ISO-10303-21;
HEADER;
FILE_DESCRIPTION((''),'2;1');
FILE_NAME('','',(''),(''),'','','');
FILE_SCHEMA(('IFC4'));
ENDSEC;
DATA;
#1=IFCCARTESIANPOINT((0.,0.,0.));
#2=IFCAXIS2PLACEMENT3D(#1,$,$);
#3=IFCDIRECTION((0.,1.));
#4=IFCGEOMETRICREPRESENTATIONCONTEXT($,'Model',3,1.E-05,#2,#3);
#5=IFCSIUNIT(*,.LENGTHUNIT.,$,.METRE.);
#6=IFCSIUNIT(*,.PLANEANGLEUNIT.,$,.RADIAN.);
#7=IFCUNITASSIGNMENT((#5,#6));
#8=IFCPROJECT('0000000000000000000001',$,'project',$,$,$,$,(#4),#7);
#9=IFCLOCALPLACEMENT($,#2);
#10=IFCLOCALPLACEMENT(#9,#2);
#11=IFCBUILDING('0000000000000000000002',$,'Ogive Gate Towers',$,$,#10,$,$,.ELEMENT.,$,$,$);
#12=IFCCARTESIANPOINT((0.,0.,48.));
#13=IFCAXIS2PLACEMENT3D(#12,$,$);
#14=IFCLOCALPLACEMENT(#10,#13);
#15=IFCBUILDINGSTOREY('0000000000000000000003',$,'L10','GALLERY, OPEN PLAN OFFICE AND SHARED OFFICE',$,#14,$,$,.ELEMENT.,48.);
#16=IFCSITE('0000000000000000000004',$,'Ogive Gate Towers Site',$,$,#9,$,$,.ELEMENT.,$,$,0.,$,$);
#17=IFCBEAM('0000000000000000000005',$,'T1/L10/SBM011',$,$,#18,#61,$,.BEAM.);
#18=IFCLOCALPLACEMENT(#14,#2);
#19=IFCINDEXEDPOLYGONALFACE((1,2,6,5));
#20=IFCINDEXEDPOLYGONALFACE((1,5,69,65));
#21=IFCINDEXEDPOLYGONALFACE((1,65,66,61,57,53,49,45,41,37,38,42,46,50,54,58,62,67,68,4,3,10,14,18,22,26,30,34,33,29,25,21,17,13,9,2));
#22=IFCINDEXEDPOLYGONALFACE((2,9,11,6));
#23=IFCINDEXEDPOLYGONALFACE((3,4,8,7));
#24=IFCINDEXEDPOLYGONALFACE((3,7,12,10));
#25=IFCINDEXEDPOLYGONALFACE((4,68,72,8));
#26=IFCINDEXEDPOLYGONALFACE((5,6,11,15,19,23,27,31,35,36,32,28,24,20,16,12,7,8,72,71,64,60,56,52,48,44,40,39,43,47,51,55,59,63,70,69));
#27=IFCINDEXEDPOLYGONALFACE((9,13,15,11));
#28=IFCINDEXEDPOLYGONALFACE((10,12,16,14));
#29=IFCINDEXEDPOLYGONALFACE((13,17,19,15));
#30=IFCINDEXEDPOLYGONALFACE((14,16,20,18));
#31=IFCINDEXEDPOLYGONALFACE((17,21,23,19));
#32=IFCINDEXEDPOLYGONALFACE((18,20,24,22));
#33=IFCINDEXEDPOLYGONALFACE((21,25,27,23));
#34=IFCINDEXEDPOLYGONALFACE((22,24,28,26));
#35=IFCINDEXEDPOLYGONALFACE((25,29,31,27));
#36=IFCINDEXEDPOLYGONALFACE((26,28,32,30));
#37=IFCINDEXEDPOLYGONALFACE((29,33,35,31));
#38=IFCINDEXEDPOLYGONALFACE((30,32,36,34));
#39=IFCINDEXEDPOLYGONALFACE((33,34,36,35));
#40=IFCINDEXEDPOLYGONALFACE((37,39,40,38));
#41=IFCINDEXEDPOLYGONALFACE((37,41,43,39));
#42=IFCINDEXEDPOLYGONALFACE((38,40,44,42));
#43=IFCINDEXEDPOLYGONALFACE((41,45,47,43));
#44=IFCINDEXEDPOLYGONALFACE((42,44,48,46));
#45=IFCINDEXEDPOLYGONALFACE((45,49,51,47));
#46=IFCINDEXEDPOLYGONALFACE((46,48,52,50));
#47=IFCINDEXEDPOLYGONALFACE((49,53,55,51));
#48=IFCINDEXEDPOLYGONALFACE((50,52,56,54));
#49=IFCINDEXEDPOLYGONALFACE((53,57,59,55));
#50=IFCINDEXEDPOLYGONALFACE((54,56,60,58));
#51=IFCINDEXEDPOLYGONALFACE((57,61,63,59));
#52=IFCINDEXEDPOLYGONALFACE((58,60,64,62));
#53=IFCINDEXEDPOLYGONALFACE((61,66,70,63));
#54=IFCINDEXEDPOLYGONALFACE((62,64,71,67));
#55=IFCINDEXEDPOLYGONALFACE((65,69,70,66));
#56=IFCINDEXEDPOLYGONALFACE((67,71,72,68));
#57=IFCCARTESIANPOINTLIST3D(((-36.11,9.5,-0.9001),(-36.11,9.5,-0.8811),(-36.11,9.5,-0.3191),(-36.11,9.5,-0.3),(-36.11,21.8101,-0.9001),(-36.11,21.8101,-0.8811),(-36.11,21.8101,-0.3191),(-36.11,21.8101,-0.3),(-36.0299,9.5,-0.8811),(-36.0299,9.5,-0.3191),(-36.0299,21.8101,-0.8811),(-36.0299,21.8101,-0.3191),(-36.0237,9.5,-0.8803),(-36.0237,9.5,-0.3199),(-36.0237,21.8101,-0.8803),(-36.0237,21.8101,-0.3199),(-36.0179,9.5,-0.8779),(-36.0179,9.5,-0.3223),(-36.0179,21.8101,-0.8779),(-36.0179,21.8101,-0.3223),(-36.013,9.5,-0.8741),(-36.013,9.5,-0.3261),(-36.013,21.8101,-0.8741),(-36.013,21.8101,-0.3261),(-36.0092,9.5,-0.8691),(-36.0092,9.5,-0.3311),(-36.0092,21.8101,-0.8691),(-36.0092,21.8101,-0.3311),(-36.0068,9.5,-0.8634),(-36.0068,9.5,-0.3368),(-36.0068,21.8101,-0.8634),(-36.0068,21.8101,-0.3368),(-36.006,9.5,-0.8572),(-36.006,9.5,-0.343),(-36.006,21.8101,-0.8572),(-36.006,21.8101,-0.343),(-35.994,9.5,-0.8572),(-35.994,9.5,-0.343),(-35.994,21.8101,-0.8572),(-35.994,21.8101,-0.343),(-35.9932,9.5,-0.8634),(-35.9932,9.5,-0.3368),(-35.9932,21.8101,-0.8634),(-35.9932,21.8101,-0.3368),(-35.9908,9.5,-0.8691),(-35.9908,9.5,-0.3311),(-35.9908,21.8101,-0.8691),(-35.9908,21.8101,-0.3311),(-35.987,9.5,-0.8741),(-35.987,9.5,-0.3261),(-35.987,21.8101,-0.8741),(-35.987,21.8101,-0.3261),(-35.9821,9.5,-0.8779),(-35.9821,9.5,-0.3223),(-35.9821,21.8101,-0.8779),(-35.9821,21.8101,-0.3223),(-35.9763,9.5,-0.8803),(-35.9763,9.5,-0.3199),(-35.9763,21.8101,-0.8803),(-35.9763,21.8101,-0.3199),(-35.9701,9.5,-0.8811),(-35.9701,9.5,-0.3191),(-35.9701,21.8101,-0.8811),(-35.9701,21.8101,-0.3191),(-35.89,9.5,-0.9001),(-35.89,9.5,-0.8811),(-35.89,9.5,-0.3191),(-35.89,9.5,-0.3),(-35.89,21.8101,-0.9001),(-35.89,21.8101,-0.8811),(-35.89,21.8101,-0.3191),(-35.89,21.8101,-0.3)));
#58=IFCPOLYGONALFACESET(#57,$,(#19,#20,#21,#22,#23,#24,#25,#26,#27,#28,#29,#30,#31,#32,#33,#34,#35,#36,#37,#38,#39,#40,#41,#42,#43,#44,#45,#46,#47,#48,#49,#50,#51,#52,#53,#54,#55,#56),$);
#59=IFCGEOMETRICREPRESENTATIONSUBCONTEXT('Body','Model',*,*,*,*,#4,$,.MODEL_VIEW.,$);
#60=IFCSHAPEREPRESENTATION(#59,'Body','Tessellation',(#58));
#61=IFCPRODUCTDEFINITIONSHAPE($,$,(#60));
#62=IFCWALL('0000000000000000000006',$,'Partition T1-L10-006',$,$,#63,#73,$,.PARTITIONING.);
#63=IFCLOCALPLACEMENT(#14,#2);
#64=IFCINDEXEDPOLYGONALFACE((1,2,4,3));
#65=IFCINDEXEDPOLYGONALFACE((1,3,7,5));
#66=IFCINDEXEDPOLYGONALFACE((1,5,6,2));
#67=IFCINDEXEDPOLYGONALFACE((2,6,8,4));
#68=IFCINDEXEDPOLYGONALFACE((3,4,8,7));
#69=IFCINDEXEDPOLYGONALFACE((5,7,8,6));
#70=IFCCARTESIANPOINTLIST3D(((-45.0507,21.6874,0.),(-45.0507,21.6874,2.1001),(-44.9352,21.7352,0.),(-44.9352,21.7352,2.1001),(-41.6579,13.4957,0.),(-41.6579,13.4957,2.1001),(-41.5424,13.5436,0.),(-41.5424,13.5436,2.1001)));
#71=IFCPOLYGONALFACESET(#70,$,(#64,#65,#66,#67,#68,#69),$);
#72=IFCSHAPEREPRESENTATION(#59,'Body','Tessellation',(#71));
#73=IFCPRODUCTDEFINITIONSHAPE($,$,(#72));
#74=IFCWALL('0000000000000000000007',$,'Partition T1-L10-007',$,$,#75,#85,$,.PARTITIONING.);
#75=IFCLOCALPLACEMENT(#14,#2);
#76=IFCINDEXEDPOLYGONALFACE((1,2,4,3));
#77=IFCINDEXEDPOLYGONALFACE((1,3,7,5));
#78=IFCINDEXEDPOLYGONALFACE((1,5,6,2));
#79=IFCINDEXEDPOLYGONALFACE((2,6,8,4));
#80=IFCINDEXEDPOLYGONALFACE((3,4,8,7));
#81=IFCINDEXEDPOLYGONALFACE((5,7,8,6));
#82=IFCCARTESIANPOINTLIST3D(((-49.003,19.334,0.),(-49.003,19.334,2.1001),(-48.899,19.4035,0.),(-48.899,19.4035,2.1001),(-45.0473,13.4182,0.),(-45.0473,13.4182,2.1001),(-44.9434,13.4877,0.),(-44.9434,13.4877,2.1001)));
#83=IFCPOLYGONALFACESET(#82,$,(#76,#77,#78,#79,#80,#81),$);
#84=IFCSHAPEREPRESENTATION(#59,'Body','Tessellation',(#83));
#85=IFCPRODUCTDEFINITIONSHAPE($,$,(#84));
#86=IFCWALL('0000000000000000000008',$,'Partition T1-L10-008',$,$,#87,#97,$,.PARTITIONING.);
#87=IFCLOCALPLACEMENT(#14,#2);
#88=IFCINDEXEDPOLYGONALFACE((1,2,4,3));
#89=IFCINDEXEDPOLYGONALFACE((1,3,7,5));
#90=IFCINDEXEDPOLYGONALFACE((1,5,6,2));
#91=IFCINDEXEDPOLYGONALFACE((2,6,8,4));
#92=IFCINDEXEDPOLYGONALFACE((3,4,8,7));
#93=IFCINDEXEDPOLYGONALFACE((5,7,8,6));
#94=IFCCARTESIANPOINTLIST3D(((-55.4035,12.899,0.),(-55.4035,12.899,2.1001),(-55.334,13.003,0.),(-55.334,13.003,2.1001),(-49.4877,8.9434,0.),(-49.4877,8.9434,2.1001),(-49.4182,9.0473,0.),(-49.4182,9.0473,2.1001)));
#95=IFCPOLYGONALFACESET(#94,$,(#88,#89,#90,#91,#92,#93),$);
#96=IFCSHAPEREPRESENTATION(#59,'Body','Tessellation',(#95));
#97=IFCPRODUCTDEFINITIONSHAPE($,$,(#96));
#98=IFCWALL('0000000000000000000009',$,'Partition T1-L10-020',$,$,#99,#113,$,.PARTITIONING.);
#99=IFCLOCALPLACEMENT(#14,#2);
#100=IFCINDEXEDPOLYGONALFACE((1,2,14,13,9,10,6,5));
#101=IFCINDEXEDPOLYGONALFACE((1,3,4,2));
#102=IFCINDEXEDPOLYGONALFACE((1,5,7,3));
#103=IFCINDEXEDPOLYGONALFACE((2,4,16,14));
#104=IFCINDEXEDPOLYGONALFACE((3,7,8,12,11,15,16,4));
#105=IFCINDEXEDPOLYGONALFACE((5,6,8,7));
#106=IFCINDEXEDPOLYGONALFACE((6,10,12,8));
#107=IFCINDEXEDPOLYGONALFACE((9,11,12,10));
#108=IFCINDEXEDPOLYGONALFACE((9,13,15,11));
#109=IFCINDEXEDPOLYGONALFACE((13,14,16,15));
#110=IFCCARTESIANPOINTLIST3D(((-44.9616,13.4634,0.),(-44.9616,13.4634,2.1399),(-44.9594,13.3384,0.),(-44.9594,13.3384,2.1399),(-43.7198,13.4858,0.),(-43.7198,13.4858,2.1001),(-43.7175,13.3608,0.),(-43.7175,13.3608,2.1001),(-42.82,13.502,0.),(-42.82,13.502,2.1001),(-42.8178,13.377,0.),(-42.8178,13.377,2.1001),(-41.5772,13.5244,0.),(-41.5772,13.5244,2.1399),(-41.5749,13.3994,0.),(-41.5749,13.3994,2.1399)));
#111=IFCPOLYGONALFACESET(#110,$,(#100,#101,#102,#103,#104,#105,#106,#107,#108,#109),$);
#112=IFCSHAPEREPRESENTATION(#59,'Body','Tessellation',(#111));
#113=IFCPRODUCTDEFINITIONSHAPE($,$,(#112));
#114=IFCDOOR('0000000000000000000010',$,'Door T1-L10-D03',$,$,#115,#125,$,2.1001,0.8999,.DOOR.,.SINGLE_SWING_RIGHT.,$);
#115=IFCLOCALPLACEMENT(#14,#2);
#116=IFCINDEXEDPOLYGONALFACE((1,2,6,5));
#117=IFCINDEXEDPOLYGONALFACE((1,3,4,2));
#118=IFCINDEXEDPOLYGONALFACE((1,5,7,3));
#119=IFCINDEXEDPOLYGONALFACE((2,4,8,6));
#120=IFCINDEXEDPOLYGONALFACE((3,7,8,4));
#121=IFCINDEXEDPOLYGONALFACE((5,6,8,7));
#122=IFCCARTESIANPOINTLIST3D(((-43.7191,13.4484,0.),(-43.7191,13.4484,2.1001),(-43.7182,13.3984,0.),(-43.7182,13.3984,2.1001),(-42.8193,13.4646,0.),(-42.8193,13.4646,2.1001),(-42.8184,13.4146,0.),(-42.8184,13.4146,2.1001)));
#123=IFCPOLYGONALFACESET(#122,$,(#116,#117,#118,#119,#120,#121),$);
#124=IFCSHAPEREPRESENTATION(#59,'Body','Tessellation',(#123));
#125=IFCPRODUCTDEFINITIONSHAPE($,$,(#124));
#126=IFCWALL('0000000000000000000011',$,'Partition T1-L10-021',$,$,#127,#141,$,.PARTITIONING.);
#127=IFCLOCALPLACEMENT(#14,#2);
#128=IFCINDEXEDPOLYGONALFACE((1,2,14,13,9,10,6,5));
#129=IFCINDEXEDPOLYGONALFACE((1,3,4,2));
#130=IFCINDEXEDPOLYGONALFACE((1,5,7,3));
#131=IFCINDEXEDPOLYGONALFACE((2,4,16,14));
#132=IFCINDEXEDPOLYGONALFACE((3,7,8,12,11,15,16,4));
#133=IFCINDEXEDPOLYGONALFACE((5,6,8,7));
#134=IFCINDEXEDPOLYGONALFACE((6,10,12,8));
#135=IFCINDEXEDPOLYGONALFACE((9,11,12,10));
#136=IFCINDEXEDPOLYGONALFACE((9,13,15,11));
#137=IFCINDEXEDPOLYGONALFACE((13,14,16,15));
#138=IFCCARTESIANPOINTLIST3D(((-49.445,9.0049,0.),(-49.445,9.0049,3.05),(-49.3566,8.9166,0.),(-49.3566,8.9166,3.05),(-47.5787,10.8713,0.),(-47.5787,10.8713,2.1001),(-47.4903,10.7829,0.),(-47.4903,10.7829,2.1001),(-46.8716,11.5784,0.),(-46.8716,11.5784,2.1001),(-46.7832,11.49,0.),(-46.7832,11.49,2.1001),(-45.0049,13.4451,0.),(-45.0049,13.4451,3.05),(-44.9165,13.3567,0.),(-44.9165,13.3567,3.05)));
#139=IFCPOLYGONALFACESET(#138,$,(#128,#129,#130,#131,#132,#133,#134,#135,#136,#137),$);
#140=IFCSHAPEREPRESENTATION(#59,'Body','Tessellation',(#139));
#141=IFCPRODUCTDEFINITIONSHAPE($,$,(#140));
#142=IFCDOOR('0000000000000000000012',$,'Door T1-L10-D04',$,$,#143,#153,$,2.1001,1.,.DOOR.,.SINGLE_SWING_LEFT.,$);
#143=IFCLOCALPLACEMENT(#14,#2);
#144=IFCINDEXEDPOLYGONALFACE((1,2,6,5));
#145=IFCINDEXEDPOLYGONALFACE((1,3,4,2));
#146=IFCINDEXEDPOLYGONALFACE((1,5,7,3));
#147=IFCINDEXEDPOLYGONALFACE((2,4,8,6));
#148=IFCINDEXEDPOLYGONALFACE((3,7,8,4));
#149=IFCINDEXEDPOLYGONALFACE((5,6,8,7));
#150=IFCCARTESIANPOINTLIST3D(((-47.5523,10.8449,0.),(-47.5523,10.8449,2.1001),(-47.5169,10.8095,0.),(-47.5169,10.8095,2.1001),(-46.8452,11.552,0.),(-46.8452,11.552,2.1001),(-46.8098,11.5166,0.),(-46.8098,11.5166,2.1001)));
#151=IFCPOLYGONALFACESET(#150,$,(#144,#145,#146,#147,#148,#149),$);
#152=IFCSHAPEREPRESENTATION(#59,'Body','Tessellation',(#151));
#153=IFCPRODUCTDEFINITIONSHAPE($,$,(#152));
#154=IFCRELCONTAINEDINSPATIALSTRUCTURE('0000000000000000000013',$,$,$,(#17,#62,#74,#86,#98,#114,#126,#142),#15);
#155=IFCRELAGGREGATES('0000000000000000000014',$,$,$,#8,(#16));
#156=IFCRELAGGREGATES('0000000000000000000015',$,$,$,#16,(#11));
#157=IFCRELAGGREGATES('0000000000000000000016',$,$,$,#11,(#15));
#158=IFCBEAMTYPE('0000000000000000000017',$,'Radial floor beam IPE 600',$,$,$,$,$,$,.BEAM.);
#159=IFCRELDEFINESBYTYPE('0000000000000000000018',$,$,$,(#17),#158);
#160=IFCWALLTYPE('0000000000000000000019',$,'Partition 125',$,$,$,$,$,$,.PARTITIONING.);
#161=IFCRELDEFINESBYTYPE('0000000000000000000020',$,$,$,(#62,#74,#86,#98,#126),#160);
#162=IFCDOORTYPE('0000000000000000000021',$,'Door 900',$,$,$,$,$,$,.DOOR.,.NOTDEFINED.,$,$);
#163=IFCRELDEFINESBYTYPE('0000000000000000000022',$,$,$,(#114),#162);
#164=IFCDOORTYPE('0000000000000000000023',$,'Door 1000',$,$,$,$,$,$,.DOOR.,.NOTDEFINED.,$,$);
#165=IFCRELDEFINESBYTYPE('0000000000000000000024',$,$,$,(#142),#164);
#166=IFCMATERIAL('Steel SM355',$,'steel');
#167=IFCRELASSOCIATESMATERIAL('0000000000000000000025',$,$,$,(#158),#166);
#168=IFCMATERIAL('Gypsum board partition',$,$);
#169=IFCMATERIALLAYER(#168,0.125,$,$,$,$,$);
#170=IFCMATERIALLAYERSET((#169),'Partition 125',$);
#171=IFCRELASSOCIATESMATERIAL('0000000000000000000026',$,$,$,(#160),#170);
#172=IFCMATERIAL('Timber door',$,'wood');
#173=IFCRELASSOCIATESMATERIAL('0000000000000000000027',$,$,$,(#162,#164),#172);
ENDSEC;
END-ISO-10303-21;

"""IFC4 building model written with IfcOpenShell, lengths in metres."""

from ifc_helpers import new_model, si_unit, direction, frame, frame_2d, origin, origin_2d, place, context, subcontext, project, spatial, rectangle, i_section, extrude, material, layer, layer_set, material_profile, profile_set, type_object, element, fill, save


model = new_model("IFC4")

# Units and contexts
model_context = context("Model", 3, precision=1e-05, world=origin(), true_north=direction((0.0, 1.0)))
body_context = subcontext(model_context, "Body", "Model", "MODEL_VIEW")
ifc_project = project(units=[si_unit("LENGTHUNIT", "METRE"), si_unit("PLANEANGLEUNIT", "RADIAN")], contexts=[model_context])

# Site, building, storey
site_placement = place(None, origin())
site = spatial("IfcSite", under=ifc_project, at=site_placement, Name="Ogive Gate Towers Site", CompositionType="ELEMENT", RefElevation=0.0)
building_placement = place(site_placement, origin())
building = spatial("IfcBuilding", under=site, at=building_placement, Name="Ogive Gate Towers", CompositionType="ELEMENT")
storey_placement = place(building_placement, frame((0.0, 0.0, 48.0)))
storey = spatial("IfcBuildingStorey", under=building, at=storey_placement, Name="L10", Description="GALLERY, OPEN PLAN OFFICE AND SHARED OFFICE", CompositionType="ELEMENT", Elevation=48.0)

# Beam
ifc_material_1 = material(Name="Steel SM355", Category="steel")
ifc_material_profile_1 = material_profile(ifc_material_1, i_section(OverallWidth=0.22, OverallDepth=0.6001, WebThickness=0.012, FlangeThickness=0.019, FilletRadius=0.0239, at=origin_2d()), Name="IPE 600")
ifc_profile_set_1 = profile_set([ifc_material_profile_1], Name="Steel SM355")
beam_type_1 = type_object("IfcBeamType", Name="Radial floor beam IPE 600", PredefinedType="BEAM", material=ifc_profile_set_1)
beam_1_placement = place(storey_placement, frame((-36.0, 9.5, -0.6001), z_axis=(0.0, 1.0, 0.0), x_axis=(-1.0, 0.0, 0.0)))
element("IfcBeam", 1, at=beam_1_placement, inside=storey, type_object=beam_type_1, Name="T1/L10/SBM011", PredefinedType="BEAM", context=body_context, shape_type="SweptSolid", body=[
    extrude(i_section(OverallWidth=0.22, OverallDepth=0.6001, WebThickness=0.012, FlangeThickness=0.019, FilletRadius=0.0239, at=origin_2d()), origin(), (0.0, 0.0, 1.0), 12.3101),
])

# Walls
ifc_material_2 = material(Name="Gypsum board partition")
ifc_layer = layer(ifc_material_2, 0.125)
ifc_layer_set = layer_set([ifc_layer], Name="Partition 125")
wall_type = type_object("IfcWallType", Name="Partition 125", PredefinedType="PARTITIONING", material=ifc_layer_set)
wall_1_placement = place(storey_placement, frame((-44.9929, 21.7112, 0.0), z_axis=(0.0, 0.0, 1.0), x_axis=(0.382657, -0.92389, 0.0)))
element("IfcWall", 2, at=wall_1_placement, inside=storey, type_object=wall_type, Name="Partition T1-L10-006", PredefinedType="PARTITIONING", context=body_context, shape_type="SweptSolid", body=[
    extrude(rectangle(XDim=8.8665, YDim=0.125, at=frame_2d((4.4331, 0.0))), origin(), (0.0, 0.0, 1.0), 2.1001),
])
for number, where, z_axis, x_axis, name in (
    (3, (-48.9509, 19.3687, 0.0), (0.0, 0.0, 1.0), (0.55584, -0.831289, 0.0), "Partition T1-L10-007"),
    (4, (-55.3687, 12.9509, 0.0), (0.0, 0.0, 1.0), (0.831289, -0.55584, 0.0), "Partition T1-L10-008"),
):
    element("IfcWall", number, at=place(storey_placement, frame(where, z_axis=z_axis, x_axis=x_axis)), inside=storey, type_object=wall_type, Name=name, PredefinedType="PARTITIONING", context=body_context, shape_type="SweptSolid", body=[
        extrude(rectangle(XDim=7.1165, YDim=0.125, at=frame_2d((3.5581, 0.0))), origin(), (0.0, 0.0, 1.0), 2.1001),
    ])

# Walls, openings, doors
wall_2_placement = place(storey_placement, frame((-41.5762, 13.4619, 0.0), z_axis=(0.0, 0.0, 1.0), x_axis=(-0.999837, -0.018031, 0.0)))
wall_2 = element("IfcWall", 5, at=wall_2_placement, inside=storey, type_object=wall_type, Name="Partition T1-L10-020", PredefinedType="PARTITIONING", context=body_context, shape_type="SweptSolid", body=[
    extrude(rectangle(XDim=3.385, YDim=0.125, at=frame_2d((1.6924, 0.0))), origin(), (0.0, 0.0, 1.0), 2.1399),
])
opening_1_placement = place(wall_2_placement, frame((1.2429, 0.0, 0.0)))
opening_1 = element("IfcOpeningElement", 6, at=opening_1_placement, cuts=wall_2, PredefinedType="OPENING", context=body_context, shape_type="SweptSolid", body=[
    extrude(rectangle(XDim=0.8999, YDim=2.1001, at=frame_2d((0.45, 1.05))), frame((0.0, 0.0725, 0.0), z_axis=(0.0, -1.0, 0.0), x_axis=(1.0, 0.0, 0.0)), (0.0, 0.0, 1.0), 0.145),
])
ifc_material_3 = material(Name="Timber door", Category="wood")
door_type_1 = type_object("IfcDoorType", Name="Door 900", OperationType="NOTDEFINED", PredefinedType="DOOR", material=ifc_material_3)
door_1_placement = place(opening_1_placement, origin())
door_1 = element("IfcDoor", 7, at=door_1_placement, inside=storey, type_object=door_type_1, Name="Door T1-L10-D03", OperationType="SINGLE_SWING_RIGHT", OverallHeight=2.1001, OverallWidth=0.8999, PredefinedType="DOOR", context=body_context, shape_type="SweptSolid", body=[
    extrude(rectangle(XDim=0.8999, YDim=2.1001, at=frame_2d((0.45, 1.05))), frame((0.0, 0.0249, 0.0), z_axis=(0.0, -1.0, 0.0), x_axis=(1.0, 0.0, 0.0)), (0.0, 0.0, 1.0), 0.05),
])
fill(opening_1, door_1)
wall_3_placement = place(storey_placement, frame((-44.9607, 13.4009, 0.0), z_axis=(0.0, 0.0, 1.0), x_axis=(-0.707107, -0.707107, 0.0)))
wall_3 = element("IfcWall", 8, at=wall_3_placement, inside=storey, type_object=wall_type, Name="Partition T1-L10-021", PredefinedType="PARTITIONING", context=body_context, shape_type="SweptSolid", body=[
    extrude(rectangle(XDim=6.2793, YDim=0.125, at=frame_2d((3.1396, 0.0))), origin(), (0.0, 0.0, 1.0), 3.05),
])
opening_2_placement = place(wall_3_placement, frame((2.6399, 0.0, 0.0)))
opening_2 = element("IfcOpeningElement", 9, at=opening_2_placement, cuts=wall_3, PredefinedType="OPENING", context=body_context, shape_type="SweptSolid", body=[
    extrude(rectangle(XDim=1.0, YDim=2.1001, at=frame_2d((0.5, 1.05))), frame((0.0, 0.0725, 0.0), z_axis=(0.0, -1.0, 0.0), x_axis=(1.0, 0.0, 0.0)), (0.0, 0.0, 1.0), 0.145),
])
door_type_2 = type_object("IfcDoorType", Name="Door 1000", OperationType="NOTDEFINED", PredefinedType="DOOR", material=ifc_material_3)
door_2_placement = place(opening_2_placement, origin())
door_2 = element("IfcDoor", 10, at=door_2_placement, inside=storey, type_object=door_type_2, Name="Door T1-L10-D04", OperationType="SINGLE_SWING_LEFT", OverallHeight=2.1001, OverallWidth=1.0, PredefinedType="DOOR", context=body_context, shape_type="SweptSolid", body=[
    extrude(rectangle(XDim=1.0, YDim=2.1001, at=frame_2d((0.5, 1.05))), frame((0.0, 0.0249, 0.0), z_axis=(0.0, -1.0, 0.0), x_axis=(1.0, 0.0, 0.0)), (0.0, 0.0, 1.0), 0.05),
])
fill(opening_2, door_2)

save(model, "model.ifc")
